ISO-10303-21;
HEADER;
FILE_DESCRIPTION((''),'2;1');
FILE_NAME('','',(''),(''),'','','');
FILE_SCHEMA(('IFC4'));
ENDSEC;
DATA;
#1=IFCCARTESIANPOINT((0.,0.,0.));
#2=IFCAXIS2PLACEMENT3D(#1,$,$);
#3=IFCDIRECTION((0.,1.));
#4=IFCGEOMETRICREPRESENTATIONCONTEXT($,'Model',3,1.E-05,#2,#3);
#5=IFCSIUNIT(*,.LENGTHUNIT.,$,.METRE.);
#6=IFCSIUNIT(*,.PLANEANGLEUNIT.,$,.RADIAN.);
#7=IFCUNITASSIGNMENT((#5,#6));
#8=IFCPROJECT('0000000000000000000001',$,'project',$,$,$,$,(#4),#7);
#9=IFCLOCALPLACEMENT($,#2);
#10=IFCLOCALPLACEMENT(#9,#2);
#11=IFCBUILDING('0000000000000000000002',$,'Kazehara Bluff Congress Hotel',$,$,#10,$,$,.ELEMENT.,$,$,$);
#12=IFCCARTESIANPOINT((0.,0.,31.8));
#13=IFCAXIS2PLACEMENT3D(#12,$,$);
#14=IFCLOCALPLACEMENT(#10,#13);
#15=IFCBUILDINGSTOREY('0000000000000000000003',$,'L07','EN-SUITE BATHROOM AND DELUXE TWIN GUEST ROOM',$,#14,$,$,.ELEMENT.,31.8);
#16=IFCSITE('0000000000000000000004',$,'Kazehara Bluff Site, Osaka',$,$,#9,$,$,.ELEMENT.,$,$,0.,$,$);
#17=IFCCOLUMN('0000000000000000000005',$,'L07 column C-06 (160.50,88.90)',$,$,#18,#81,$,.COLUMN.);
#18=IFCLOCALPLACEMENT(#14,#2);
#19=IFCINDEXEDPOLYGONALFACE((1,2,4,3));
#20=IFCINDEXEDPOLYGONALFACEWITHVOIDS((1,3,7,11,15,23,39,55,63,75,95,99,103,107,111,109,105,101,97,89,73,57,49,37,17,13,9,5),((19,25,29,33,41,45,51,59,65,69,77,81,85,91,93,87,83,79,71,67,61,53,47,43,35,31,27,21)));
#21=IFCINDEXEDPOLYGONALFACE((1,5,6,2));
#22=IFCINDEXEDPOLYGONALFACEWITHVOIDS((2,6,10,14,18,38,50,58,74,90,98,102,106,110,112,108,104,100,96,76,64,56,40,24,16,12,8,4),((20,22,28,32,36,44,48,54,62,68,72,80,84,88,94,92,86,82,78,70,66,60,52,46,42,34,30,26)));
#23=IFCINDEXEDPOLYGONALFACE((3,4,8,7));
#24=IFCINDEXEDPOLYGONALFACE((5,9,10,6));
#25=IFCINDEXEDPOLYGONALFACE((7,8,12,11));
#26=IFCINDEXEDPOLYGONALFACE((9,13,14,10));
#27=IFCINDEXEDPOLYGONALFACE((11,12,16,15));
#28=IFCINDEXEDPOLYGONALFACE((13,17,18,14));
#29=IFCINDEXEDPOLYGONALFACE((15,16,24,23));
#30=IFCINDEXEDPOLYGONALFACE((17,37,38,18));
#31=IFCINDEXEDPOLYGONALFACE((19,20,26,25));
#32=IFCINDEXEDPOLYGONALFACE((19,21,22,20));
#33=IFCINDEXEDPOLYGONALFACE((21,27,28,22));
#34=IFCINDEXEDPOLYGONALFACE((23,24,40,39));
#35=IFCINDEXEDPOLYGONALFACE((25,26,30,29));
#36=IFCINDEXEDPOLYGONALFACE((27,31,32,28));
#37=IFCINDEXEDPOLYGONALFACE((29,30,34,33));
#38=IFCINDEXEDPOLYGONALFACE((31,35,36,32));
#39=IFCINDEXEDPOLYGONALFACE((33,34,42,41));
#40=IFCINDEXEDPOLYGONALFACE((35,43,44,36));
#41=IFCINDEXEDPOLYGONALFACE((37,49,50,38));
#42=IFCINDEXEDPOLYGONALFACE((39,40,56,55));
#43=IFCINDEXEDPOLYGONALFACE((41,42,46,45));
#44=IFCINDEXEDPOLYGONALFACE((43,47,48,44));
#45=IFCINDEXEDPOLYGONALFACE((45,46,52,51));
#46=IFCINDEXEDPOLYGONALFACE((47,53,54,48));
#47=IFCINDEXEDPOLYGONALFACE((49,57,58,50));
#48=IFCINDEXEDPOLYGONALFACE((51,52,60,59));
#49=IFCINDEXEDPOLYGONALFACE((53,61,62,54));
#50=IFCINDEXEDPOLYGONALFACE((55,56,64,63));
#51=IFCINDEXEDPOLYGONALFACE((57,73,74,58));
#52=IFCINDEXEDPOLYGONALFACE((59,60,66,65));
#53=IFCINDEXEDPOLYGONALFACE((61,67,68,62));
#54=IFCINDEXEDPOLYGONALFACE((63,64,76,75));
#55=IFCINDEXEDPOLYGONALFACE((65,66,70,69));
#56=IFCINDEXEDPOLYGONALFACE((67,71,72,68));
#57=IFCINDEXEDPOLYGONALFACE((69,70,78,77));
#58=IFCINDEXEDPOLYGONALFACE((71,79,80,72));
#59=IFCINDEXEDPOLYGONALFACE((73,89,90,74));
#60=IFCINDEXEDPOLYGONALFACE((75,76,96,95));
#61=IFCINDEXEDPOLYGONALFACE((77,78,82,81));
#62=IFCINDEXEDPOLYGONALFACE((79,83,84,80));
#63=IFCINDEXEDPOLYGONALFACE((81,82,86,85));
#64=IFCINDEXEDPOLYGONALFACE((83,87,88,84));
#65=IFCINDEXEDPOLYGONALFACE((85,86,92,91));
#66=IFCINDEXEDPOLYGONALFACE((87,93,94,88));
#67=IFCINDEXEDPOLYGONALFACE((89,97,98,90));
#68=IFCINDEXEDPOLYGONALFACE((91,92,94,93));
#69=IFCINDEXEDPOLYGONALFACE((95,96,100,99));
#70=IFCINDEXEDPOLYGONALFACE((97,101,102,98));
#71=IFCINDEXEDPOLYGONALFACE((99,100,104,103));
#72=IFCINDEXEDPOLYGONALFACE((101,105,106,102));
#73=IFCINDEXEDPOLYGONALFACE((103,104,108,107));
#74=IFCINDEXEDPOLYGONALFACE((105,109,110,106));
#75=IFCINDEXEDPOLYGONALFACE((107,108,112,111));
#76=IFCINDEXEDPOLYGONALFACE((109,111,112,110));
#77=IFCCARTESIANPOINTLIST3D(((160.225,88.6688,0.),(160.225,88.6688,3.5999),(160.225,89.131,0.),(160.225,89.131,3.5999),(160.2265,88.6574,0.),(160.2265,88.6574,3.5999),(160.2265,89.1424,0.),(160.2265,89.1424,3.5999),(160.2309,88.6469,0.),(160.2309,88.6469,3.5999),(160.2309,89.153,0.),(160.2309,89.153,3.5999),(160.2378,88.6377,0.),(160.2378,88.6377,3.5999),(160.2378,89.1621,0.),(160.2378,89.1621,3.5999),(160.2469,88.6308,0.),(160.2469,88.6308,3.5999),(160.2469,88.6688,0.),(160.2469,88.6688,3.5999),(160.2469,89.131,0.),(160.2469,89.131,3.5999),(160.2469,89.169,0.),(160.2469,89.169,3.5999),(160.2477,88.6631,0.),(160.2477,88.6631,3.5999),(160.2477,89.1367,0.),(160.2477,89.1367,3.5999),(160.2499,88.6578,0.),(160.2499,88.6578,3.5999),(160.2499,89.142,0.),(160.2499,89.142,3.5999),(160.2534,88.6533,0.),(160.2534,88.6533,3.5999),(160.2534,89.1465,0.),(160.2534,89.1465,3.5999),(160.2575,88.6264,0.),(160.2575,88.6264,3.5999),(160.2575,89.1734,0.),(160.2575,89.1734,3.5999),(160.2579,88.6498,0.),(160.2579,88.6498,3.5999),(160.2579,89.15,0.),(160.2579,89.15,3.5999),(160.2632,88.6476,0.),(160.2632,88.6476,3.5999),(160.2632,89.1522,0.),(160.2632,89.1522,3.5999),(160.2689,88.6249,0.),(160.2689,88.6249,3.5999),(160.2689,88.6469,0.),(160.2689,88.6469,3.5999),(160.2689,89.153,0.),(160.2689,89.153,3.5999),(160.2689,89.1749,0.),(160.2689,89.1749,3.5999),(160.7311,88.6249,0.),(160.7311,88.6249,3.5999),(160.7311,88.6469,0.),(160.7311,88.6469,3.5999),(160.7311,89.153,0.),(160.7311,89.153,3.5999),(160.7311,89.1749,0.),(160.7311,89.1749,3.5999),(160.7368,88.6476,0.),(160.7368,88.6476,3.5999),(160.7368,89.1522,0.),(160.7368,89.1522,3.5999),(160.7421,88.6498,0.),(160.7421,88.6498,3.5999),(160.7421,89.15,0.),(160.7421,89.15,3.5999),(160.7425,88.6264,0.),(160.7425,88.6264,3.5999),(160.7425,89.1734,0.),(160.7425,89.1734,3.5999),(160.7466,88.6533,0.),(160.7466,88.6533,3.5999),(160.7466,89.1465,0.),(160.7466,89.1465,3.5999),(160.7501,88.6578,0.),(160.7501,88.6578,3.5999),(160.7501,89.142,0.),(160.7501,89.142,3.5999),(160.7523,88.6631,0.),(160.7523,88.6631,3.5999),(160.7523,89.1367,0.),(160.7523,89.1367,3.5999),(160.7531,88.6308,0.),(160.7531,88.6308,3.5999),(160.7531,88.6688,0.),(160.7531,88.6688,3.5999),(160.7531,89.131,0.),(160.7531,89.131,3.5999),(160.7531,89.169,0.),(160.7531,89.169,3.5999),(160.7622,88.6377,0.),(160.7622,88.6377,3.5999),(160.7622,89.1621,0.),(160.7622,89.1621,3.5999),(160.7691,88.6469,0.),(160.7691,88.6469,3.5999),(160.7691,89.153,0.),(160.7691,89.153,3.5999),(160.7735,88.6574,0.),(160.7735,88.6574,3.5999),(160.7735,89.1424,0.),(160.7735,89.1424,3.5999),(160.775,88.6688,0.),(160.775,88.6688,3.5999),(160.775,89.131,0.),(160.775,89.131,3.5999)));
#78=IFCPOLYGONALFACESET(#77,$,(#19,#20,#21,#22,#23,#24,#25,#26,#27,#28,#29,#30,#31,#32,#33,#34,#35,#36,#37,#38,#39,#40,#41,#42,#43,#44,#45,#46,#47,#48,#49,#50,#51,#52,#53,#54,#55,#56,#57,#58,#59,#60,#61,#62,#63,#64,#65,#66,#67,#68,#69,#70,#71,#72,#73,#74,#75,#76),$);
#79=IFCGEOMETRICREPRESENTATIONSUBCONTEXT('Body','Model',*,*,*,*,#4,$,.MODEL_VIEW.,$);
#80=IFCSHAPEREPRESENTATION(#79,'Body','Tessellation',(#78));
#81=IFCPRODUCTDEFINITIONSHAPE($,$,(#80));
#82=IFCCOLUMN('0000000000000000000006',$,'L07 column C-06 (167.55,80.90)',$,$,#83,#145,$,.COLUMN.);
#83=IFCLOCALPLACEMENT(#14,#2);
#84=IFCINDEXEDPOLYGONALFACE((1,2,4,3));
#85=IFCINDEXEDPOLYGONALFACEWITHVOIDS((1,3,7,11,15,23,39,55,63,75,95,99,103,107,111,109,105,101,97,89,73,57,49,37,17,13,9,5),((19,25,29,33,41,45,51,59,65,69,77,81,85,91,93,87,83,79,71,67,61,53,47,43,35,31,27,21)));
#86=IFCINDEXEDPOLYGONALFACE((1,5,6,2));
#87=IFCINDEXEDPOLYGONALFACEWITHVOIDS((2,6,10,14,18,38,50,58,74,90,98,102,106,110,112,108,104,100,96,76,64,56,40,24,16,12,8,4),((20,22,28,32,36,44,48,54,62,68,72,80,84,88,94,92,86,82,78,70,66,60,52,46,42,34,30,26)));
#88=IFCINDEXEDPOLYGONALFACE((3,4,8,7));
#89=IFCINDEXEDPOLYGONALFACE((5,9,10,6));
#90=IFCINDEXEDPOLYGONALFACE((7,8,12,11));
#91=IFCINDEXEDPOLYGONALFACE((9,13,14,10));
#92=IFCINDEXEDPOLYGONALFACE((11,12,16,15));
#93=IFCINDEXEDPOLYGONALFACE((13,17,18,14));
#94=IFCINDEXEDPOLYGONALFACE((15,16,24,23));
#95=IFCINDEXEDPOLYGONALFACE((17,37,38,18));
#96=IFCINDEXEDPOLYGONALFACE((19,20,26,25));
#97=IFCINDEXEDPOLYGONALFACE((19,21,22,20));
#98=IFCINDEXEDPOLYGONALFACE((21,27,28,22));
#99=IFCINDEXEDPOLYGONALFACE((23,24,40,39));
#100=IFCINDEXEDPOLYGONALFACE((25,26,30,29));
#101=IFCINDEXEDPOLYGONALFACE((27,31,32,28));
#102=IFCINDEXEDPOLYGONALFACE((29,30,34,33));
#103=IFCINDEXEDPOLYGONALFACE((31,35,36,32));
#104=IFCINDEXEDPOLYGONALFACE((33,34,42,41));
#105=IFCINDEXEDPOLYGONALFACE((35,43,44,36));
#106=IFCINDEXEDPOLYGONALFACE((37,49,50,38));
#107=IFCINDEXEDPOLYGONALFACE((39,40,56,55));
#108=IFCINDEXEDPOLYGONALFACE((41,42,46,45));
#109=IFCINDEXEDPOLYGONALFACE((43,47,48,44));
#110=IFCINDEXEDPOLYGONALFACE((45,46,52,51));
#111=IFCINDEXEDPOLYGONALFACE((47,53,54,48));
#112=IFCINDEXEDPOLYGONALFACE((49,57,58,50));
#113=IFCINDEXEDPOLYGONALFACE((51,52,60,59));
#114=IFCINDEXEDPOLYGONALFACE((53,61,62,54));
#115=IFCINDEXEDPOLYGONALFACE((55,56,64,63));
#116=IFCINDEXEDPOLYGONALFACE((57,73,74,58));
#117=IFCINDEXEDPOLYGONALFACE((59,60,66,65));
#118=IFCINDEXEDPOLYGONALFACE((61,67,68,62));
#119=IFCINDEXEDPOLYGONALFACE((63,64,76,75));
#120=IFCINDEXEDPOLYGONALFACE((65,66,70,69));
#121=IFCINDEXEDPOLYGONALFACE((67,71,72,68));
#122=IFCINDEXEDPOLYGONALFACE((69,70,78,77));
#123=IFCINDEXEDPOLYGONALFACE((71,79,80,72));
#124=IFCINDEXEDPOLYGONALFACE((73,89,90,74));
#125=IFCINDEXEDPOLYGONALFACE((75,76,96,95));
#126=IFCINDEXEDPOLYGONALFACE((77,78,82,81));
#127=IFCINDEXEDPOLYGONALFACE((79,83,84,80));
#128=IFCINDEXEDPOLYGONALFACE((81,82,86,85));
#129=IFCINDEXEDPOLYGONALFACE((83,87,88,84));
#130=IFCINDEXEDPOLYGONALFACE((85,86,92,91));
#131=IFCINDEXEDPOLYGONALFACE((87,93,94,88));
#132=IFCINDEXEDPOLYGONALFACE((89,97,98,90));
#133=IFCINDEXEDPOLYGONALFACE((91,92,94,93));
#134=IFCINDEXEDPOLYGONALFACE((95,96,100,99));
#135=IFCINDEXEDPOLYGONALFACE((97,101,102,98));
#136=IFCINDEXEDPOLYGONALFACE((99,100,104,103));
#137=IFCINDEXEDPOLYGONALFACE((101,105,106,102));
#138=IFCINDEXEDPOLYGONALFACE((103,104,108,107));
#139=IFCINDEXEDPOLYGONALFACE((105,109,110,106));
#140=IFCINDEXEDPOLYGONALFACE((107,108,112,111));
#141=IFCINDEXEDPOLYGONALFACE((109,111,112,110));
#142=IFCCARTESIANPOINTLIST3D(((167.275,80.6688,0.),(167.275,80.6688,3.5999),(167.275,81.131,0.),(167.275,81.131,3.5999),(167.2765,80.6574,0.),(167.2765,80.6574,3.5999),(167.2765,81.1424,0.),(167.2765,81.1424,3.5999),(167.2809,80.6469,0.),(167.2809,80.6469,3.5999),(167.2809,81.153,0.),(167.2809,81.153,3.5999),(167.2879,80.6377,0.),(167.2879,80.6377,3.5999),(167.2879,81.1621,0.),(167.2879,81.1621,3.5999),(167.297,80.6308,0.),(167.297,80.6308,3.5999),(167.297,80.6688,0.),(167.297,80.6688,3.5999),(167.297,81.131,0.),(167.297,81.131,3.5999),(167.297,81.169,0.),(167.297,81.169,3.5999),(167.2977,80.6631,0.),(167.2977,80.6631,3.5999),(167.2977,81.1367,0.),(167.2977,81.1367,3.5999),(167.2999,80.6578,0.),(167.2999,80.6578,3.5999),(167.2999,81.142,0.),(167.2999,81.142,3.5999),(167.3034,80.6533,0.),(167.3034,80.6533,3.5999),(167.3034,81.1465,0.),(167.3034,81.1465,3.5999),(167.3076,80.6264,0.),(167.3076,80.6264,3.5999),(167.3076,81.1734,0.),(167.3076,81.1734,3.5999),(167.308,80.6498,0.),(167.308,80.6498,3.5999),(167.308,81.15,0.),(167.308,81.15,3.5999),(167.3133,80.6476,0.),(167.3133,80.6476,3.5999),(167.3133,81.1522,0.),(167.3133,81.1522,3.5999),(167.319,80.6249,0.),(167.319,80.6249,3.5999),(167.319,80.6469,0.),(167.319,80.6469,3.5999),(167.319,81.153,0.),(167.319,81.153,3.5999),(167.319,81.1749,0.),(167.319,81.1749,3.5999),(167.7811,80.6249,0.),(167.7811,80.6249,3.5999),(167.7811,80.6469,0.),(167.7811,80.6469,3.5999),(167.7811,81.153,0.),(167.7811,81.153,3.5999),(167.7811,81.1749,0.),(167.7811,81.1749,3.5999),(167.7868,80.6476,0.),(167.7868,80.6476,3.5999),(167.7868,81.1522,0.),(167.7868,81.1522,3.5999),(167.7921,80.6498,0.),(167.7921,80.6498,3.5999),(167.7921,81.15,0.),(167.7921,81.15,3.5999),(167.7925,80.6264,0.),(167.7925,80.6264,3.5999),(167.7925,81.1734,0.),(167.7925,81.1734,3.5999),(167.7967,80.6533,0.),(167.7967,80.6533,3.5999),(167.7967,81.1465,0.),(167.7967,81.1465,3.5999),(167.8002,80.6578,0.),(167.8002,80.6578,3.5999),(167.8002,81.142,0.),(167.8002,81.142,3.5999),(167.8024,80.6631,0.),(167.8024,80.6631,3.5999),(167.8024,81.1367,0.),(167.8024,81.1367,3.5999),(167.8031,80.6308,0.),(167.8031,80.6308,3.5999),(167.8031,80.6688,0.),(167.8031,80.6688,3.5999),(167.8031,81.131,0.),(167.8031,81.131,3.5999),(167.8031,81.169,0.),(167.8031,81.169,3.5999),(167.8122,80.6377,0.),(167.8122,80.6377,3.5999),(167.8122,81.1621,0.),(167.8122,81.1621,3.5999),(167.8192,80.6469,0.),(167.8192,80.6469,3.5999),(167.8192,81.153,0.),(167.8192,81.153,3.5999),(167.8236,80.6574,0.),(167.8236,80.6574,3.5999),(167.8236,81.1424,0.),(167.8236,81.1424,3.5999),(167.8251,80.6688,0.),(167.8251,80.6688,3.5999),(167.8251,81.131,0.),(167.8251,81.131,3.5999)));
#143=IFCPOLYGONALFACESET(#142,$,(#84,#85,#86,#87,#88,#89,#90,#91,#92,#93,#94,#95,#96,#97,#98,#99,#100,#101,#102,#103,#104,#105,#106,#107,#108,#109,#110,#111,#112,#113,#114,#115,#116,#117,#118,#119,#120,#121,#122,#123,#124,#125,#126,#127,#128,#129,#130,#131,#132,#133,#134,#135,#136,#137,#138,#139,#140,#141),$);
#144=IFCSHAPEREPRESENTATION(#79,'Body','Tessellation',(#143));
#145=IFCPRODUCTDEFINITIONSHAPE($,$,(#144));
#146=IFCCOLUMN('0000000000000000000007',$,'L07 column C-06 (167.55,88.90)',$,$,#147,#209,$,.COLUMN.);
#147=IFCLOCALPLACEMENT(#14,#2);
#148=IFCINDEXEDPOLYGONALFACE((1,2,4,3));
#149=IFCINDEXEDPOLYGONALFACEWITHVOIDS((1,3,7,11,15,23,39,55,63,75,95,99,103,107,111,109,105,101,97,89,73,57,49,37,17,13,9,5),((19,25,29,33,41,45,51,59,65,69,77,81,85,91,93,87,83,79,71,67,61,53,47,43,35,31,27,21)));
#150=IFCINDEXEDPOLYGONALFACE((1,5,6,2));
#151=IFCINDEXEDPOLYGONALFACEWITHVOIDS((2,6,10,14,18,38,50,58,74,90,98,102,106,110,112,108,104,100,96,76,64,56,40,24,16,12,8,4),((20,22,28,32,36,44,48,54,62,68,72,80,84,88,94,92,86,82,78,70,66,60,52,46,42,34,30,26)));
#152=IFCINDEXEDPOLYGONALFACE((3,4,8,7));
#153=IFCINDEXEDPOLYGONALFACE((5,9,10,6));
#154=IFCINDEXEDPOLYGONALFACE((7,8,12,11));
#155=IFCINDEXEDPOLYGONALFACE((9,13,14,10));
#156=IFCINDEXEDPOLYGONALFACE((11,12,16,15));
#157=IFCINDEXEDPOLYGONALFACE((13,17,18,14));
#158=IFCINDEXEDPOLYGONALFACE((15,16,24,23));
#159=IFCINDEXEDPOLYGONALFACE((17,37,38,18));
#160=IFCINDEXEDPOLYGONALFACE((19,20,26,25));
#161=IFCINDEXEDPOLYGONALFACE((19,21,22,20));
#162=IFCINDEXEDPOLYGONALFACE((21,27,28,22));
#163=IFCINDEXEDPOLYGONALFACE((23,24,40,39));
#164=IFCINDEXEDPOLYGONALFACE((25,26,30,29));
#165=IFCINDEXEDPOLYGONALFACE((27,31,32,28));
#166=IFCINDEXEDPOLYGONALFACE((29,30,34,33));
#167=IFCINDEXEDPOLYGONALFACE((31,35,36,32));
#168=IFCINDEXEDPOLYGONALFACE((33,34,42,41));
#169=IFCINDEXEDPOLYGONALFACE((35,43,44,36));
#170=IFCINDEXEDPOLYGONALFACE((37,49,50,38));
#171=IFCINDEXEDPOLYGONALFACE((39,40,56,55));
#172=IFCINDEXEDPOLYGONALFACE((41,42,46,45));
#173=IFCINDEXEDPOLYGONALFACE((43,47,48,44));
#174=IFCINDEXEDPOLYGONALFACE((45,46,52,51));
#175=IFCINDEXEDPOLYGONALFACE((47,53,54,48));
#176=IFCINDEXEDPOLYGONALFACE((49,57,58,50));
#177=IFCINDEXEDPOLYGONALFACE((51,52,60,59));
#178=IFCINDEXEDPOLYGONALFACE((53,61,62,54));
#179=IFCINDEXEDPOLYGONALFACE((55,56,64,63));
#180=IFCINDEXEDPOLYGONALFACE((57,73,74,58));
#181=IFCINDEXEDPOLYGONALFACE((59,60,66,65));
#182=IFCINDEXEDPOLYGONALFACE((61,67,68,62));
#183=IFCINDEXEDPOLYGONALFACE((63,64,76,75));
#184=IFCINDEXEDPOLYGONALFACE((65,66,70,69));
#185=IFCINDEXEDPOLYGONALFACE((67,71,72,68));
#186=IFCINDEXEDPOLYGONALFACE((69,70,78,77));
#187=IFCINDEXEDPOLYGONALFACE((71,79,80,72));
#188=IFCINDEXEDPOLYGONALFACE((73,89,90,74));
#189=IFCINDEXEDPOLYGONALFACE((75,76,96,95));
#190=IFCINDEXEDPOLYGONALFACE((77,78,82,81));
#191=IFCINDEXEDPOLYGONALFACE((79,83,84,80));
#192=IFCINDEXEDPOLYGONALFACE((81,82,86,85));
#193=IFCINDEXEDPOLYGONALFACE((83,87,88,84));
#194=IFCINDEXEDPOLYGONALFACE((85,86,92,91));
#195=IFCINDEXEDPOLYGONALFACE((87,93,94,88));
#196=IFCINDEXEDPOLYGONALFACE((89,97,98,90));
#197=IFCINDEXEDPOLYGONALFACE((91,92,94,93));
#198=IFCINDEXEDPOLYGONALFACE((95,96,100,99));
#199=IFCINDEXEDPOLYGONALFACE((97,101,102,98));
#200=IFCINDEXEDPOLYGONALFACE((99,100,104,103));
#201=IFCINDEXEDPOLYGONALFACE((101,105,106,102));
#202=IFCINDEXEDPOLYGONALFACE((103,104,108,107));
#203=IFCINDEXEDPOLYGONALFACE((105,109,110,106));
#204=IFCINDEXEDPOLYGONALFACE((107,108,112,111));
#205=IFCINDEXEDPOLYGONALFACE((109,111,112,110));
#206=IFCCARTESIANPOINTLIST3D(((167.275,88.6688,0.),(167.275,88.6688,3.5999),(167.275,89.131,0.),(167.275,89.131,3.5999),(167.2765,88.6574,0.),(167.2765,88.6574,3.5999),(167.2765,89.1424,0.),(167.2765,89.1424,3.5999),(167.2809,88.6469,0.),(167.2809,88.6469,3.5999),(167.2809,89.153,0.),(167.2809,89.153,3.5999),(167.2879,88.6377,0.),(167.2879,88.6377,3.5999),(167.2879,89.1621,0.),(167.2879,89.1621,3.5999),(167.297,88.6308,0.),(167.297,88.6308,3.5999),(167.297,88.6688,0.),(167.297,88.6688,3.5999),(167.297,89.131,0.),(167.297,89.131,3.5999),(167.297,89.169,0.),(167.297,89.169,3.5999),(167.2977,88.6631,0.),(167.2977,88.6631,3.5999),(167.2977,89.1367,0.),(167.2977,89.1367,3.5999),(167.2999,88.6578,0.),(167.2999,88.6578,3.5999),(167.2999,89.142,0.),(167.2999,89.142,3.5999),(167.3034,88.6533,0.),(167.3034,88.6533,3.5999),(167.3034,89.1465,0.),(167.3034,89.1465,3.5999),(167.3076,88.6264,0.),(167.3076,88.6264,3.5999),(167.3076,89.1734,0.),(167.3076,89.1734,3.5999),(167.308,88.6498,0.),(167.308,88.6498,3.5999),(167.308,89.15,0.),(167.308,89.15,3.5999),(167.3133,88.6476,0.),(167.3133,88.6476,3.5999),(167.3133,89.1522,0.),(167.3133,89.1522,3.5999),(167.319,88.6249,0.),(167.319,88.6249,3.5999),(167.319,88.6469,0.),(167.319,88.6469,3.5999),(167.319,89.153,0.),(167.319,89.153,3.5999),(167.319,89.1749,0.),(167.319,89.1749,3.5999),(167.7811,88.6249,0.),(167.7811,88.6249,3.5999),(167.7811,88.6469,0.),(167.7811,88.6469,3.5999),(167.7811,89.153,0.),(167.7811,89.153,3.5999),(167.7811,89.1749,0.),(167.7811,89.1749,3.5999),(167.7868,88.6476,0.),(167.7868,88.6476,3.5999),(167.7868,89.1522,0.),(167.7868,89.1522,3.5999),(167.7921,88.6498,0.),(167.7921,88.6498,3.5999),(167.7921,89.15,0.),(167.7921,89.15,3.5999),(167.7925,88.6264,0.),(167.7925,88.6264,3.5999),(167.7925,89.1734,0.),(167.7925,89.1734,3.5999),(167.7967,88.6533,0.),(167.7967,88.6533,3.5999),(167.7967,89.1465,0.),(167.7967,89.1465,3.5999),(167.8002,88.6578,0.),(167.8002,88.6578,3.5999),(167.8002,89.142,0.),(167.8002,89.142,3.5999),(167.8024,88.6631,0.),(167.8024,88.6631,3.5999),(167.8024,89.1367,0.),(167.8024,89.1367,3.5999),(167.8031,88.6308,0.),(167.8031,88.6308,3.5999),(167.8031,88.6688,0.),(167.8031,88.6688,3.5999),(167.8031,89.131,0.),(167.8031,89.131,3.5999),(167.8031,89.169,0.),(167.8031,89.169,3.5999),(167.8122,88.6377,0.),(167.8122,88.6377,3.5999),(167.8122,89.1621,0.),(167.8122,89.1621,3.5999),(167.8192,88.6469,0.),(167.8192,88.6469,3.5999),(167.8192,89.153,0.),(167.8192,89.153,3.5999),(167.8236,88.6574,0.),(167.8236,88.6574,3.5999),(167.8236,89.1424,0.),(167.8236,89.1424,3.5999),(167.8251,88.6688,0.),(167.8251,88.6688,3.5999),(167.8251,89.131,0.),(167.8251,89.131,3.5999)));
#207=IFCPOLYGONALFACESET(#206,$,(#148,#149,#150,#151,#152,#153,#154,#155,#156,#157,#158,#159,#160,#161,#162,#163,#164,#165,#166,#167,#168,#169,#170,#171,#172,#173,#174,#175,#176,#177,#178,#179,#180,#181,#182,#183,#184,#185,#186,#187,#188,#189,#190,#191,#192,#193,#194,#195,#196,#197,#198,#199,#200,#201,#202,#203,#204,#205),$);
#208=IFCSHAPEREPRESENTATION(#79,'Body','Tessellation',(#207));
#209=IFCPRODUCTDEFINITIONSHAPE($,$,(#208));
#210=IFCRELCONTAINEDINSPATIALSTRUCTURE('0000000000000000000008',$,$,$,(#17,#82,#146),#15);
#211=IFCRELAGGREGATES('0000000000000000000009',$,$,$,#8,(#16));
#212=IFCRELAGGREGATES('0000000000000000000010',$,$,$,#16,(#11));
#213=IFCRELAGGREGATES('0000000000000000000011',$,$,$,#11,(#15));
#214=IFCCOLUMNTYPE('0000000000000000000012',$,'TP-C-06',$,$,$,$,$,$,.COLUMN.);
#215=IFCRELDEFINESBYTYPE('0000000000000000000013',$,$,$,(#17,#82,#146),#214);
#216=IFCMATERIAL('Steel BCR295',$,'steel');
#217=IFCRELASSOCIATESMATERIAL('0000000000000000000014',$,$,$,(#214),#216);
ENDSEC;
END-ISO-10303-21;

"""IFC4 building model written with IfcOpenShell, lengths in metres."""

from ifc_helpers import new_model, si_unit, direction, frame, origin, origin_2d, place, context, subcontext, project, spatial, hollow_rectangle, extrude, material, material_profile, profile_set, type_object, element, save


model = new_model("IFC4")

# Units and contexts
model_context = context("Model", 3, precision=1e-05, world=origin(), true_north=direction((0.0, 1.0)))
body_context = subcontext(model_context, "Body", "Model", "MODEL_VIEW")
ifc_project = project(units=[si_unit("LENGTHUNIT", "METRE"), si_unit("PLANEANGLEUNIT", "RADIAN")], contexts=[model_context])

# Site, building, storey
site_placement = place(None, origin())
site = spatial("IfcSite", under=ifc_project, at=site_placement, Name="Kazehara Bluff Site, Osaka", CompositionType="ELEMENT", RefElevation=0.0)
building_placement = place(site_placement, origin())
building = spatial("IfcBuilding", under=site, at=building_placement, Name="Kazehara Bluff Congress Hotel", CompositionType="ELEMENT")
storey_placement = place(building_placement, frame((0.0, 0.0, 31.8)))
storey = spatial("IfcBuildingStorey", under=building, at=storey_placement, Name="L07", Description="EN-SUITE BATHROOM AND DELUXE TWIN GUEST ROOM", CompositionType="ELEMENT", Elevation=31.8)

# Columns
ifc_material_1 = material(Name="Steel BCR295", Category="steel")
ifc_material_profile_1 = material_profile(ifc_material_1, hollow_rectangle(XDim=0.55, YDim=0.55, WallThickness=0.022, InnerFilletRadius=0.022, OuterFilletRadius=0.0439, at=origin_2d()))
ifc_profile_set_1 = profile_set([ifc_material_profile_1], Name="Steel BCR295")
column_type = type_object("IfcColumnType", Name="TP-C-06", PredefinedType="COLUMN", material=ifc_profile_set_1)
for number, where, z_axis, x_axis, name in (
    (1, (160.5, 88.8999, 0.0), (0.0, 0.0, 1.0), (1.0, 0.0, 0.0), "L07 column C-06 (160.50,88.90)"),
    (2, (167.55, 80.8999, 0.0), (0.0, 0.0, 1.0), (1.0, 0.0, 0.0), "L07 column C-06 (167.55,80.90)"),
    (3, (167.55, 88.8999, 0.0), (0.0, 0.0, 1.0), (1.0, 0.0, 0.0), "L07 column C-06 (167.55,88.90)"),
):
    element("IfcColumn", number, at=place(storey_placement, frame(where, z_axis=z_axis, x_axis=x_axis)), inside=storey, type_object=column_type, Name=name, PredefinedType="COLUMN", context=body_context, shape_type="SweptSolid", body=[
        extrude(hollow_rectangle(XDim=0.55, YDim=0.55, WallThickness=0.022, InnerFilletRadius=0.022, OuterFilletRadius=0.0439, at=origin_2d()), origin(), (0.0, 0.0, 1.0), 3.5999),
    ])

save(model, "model.ifc")
